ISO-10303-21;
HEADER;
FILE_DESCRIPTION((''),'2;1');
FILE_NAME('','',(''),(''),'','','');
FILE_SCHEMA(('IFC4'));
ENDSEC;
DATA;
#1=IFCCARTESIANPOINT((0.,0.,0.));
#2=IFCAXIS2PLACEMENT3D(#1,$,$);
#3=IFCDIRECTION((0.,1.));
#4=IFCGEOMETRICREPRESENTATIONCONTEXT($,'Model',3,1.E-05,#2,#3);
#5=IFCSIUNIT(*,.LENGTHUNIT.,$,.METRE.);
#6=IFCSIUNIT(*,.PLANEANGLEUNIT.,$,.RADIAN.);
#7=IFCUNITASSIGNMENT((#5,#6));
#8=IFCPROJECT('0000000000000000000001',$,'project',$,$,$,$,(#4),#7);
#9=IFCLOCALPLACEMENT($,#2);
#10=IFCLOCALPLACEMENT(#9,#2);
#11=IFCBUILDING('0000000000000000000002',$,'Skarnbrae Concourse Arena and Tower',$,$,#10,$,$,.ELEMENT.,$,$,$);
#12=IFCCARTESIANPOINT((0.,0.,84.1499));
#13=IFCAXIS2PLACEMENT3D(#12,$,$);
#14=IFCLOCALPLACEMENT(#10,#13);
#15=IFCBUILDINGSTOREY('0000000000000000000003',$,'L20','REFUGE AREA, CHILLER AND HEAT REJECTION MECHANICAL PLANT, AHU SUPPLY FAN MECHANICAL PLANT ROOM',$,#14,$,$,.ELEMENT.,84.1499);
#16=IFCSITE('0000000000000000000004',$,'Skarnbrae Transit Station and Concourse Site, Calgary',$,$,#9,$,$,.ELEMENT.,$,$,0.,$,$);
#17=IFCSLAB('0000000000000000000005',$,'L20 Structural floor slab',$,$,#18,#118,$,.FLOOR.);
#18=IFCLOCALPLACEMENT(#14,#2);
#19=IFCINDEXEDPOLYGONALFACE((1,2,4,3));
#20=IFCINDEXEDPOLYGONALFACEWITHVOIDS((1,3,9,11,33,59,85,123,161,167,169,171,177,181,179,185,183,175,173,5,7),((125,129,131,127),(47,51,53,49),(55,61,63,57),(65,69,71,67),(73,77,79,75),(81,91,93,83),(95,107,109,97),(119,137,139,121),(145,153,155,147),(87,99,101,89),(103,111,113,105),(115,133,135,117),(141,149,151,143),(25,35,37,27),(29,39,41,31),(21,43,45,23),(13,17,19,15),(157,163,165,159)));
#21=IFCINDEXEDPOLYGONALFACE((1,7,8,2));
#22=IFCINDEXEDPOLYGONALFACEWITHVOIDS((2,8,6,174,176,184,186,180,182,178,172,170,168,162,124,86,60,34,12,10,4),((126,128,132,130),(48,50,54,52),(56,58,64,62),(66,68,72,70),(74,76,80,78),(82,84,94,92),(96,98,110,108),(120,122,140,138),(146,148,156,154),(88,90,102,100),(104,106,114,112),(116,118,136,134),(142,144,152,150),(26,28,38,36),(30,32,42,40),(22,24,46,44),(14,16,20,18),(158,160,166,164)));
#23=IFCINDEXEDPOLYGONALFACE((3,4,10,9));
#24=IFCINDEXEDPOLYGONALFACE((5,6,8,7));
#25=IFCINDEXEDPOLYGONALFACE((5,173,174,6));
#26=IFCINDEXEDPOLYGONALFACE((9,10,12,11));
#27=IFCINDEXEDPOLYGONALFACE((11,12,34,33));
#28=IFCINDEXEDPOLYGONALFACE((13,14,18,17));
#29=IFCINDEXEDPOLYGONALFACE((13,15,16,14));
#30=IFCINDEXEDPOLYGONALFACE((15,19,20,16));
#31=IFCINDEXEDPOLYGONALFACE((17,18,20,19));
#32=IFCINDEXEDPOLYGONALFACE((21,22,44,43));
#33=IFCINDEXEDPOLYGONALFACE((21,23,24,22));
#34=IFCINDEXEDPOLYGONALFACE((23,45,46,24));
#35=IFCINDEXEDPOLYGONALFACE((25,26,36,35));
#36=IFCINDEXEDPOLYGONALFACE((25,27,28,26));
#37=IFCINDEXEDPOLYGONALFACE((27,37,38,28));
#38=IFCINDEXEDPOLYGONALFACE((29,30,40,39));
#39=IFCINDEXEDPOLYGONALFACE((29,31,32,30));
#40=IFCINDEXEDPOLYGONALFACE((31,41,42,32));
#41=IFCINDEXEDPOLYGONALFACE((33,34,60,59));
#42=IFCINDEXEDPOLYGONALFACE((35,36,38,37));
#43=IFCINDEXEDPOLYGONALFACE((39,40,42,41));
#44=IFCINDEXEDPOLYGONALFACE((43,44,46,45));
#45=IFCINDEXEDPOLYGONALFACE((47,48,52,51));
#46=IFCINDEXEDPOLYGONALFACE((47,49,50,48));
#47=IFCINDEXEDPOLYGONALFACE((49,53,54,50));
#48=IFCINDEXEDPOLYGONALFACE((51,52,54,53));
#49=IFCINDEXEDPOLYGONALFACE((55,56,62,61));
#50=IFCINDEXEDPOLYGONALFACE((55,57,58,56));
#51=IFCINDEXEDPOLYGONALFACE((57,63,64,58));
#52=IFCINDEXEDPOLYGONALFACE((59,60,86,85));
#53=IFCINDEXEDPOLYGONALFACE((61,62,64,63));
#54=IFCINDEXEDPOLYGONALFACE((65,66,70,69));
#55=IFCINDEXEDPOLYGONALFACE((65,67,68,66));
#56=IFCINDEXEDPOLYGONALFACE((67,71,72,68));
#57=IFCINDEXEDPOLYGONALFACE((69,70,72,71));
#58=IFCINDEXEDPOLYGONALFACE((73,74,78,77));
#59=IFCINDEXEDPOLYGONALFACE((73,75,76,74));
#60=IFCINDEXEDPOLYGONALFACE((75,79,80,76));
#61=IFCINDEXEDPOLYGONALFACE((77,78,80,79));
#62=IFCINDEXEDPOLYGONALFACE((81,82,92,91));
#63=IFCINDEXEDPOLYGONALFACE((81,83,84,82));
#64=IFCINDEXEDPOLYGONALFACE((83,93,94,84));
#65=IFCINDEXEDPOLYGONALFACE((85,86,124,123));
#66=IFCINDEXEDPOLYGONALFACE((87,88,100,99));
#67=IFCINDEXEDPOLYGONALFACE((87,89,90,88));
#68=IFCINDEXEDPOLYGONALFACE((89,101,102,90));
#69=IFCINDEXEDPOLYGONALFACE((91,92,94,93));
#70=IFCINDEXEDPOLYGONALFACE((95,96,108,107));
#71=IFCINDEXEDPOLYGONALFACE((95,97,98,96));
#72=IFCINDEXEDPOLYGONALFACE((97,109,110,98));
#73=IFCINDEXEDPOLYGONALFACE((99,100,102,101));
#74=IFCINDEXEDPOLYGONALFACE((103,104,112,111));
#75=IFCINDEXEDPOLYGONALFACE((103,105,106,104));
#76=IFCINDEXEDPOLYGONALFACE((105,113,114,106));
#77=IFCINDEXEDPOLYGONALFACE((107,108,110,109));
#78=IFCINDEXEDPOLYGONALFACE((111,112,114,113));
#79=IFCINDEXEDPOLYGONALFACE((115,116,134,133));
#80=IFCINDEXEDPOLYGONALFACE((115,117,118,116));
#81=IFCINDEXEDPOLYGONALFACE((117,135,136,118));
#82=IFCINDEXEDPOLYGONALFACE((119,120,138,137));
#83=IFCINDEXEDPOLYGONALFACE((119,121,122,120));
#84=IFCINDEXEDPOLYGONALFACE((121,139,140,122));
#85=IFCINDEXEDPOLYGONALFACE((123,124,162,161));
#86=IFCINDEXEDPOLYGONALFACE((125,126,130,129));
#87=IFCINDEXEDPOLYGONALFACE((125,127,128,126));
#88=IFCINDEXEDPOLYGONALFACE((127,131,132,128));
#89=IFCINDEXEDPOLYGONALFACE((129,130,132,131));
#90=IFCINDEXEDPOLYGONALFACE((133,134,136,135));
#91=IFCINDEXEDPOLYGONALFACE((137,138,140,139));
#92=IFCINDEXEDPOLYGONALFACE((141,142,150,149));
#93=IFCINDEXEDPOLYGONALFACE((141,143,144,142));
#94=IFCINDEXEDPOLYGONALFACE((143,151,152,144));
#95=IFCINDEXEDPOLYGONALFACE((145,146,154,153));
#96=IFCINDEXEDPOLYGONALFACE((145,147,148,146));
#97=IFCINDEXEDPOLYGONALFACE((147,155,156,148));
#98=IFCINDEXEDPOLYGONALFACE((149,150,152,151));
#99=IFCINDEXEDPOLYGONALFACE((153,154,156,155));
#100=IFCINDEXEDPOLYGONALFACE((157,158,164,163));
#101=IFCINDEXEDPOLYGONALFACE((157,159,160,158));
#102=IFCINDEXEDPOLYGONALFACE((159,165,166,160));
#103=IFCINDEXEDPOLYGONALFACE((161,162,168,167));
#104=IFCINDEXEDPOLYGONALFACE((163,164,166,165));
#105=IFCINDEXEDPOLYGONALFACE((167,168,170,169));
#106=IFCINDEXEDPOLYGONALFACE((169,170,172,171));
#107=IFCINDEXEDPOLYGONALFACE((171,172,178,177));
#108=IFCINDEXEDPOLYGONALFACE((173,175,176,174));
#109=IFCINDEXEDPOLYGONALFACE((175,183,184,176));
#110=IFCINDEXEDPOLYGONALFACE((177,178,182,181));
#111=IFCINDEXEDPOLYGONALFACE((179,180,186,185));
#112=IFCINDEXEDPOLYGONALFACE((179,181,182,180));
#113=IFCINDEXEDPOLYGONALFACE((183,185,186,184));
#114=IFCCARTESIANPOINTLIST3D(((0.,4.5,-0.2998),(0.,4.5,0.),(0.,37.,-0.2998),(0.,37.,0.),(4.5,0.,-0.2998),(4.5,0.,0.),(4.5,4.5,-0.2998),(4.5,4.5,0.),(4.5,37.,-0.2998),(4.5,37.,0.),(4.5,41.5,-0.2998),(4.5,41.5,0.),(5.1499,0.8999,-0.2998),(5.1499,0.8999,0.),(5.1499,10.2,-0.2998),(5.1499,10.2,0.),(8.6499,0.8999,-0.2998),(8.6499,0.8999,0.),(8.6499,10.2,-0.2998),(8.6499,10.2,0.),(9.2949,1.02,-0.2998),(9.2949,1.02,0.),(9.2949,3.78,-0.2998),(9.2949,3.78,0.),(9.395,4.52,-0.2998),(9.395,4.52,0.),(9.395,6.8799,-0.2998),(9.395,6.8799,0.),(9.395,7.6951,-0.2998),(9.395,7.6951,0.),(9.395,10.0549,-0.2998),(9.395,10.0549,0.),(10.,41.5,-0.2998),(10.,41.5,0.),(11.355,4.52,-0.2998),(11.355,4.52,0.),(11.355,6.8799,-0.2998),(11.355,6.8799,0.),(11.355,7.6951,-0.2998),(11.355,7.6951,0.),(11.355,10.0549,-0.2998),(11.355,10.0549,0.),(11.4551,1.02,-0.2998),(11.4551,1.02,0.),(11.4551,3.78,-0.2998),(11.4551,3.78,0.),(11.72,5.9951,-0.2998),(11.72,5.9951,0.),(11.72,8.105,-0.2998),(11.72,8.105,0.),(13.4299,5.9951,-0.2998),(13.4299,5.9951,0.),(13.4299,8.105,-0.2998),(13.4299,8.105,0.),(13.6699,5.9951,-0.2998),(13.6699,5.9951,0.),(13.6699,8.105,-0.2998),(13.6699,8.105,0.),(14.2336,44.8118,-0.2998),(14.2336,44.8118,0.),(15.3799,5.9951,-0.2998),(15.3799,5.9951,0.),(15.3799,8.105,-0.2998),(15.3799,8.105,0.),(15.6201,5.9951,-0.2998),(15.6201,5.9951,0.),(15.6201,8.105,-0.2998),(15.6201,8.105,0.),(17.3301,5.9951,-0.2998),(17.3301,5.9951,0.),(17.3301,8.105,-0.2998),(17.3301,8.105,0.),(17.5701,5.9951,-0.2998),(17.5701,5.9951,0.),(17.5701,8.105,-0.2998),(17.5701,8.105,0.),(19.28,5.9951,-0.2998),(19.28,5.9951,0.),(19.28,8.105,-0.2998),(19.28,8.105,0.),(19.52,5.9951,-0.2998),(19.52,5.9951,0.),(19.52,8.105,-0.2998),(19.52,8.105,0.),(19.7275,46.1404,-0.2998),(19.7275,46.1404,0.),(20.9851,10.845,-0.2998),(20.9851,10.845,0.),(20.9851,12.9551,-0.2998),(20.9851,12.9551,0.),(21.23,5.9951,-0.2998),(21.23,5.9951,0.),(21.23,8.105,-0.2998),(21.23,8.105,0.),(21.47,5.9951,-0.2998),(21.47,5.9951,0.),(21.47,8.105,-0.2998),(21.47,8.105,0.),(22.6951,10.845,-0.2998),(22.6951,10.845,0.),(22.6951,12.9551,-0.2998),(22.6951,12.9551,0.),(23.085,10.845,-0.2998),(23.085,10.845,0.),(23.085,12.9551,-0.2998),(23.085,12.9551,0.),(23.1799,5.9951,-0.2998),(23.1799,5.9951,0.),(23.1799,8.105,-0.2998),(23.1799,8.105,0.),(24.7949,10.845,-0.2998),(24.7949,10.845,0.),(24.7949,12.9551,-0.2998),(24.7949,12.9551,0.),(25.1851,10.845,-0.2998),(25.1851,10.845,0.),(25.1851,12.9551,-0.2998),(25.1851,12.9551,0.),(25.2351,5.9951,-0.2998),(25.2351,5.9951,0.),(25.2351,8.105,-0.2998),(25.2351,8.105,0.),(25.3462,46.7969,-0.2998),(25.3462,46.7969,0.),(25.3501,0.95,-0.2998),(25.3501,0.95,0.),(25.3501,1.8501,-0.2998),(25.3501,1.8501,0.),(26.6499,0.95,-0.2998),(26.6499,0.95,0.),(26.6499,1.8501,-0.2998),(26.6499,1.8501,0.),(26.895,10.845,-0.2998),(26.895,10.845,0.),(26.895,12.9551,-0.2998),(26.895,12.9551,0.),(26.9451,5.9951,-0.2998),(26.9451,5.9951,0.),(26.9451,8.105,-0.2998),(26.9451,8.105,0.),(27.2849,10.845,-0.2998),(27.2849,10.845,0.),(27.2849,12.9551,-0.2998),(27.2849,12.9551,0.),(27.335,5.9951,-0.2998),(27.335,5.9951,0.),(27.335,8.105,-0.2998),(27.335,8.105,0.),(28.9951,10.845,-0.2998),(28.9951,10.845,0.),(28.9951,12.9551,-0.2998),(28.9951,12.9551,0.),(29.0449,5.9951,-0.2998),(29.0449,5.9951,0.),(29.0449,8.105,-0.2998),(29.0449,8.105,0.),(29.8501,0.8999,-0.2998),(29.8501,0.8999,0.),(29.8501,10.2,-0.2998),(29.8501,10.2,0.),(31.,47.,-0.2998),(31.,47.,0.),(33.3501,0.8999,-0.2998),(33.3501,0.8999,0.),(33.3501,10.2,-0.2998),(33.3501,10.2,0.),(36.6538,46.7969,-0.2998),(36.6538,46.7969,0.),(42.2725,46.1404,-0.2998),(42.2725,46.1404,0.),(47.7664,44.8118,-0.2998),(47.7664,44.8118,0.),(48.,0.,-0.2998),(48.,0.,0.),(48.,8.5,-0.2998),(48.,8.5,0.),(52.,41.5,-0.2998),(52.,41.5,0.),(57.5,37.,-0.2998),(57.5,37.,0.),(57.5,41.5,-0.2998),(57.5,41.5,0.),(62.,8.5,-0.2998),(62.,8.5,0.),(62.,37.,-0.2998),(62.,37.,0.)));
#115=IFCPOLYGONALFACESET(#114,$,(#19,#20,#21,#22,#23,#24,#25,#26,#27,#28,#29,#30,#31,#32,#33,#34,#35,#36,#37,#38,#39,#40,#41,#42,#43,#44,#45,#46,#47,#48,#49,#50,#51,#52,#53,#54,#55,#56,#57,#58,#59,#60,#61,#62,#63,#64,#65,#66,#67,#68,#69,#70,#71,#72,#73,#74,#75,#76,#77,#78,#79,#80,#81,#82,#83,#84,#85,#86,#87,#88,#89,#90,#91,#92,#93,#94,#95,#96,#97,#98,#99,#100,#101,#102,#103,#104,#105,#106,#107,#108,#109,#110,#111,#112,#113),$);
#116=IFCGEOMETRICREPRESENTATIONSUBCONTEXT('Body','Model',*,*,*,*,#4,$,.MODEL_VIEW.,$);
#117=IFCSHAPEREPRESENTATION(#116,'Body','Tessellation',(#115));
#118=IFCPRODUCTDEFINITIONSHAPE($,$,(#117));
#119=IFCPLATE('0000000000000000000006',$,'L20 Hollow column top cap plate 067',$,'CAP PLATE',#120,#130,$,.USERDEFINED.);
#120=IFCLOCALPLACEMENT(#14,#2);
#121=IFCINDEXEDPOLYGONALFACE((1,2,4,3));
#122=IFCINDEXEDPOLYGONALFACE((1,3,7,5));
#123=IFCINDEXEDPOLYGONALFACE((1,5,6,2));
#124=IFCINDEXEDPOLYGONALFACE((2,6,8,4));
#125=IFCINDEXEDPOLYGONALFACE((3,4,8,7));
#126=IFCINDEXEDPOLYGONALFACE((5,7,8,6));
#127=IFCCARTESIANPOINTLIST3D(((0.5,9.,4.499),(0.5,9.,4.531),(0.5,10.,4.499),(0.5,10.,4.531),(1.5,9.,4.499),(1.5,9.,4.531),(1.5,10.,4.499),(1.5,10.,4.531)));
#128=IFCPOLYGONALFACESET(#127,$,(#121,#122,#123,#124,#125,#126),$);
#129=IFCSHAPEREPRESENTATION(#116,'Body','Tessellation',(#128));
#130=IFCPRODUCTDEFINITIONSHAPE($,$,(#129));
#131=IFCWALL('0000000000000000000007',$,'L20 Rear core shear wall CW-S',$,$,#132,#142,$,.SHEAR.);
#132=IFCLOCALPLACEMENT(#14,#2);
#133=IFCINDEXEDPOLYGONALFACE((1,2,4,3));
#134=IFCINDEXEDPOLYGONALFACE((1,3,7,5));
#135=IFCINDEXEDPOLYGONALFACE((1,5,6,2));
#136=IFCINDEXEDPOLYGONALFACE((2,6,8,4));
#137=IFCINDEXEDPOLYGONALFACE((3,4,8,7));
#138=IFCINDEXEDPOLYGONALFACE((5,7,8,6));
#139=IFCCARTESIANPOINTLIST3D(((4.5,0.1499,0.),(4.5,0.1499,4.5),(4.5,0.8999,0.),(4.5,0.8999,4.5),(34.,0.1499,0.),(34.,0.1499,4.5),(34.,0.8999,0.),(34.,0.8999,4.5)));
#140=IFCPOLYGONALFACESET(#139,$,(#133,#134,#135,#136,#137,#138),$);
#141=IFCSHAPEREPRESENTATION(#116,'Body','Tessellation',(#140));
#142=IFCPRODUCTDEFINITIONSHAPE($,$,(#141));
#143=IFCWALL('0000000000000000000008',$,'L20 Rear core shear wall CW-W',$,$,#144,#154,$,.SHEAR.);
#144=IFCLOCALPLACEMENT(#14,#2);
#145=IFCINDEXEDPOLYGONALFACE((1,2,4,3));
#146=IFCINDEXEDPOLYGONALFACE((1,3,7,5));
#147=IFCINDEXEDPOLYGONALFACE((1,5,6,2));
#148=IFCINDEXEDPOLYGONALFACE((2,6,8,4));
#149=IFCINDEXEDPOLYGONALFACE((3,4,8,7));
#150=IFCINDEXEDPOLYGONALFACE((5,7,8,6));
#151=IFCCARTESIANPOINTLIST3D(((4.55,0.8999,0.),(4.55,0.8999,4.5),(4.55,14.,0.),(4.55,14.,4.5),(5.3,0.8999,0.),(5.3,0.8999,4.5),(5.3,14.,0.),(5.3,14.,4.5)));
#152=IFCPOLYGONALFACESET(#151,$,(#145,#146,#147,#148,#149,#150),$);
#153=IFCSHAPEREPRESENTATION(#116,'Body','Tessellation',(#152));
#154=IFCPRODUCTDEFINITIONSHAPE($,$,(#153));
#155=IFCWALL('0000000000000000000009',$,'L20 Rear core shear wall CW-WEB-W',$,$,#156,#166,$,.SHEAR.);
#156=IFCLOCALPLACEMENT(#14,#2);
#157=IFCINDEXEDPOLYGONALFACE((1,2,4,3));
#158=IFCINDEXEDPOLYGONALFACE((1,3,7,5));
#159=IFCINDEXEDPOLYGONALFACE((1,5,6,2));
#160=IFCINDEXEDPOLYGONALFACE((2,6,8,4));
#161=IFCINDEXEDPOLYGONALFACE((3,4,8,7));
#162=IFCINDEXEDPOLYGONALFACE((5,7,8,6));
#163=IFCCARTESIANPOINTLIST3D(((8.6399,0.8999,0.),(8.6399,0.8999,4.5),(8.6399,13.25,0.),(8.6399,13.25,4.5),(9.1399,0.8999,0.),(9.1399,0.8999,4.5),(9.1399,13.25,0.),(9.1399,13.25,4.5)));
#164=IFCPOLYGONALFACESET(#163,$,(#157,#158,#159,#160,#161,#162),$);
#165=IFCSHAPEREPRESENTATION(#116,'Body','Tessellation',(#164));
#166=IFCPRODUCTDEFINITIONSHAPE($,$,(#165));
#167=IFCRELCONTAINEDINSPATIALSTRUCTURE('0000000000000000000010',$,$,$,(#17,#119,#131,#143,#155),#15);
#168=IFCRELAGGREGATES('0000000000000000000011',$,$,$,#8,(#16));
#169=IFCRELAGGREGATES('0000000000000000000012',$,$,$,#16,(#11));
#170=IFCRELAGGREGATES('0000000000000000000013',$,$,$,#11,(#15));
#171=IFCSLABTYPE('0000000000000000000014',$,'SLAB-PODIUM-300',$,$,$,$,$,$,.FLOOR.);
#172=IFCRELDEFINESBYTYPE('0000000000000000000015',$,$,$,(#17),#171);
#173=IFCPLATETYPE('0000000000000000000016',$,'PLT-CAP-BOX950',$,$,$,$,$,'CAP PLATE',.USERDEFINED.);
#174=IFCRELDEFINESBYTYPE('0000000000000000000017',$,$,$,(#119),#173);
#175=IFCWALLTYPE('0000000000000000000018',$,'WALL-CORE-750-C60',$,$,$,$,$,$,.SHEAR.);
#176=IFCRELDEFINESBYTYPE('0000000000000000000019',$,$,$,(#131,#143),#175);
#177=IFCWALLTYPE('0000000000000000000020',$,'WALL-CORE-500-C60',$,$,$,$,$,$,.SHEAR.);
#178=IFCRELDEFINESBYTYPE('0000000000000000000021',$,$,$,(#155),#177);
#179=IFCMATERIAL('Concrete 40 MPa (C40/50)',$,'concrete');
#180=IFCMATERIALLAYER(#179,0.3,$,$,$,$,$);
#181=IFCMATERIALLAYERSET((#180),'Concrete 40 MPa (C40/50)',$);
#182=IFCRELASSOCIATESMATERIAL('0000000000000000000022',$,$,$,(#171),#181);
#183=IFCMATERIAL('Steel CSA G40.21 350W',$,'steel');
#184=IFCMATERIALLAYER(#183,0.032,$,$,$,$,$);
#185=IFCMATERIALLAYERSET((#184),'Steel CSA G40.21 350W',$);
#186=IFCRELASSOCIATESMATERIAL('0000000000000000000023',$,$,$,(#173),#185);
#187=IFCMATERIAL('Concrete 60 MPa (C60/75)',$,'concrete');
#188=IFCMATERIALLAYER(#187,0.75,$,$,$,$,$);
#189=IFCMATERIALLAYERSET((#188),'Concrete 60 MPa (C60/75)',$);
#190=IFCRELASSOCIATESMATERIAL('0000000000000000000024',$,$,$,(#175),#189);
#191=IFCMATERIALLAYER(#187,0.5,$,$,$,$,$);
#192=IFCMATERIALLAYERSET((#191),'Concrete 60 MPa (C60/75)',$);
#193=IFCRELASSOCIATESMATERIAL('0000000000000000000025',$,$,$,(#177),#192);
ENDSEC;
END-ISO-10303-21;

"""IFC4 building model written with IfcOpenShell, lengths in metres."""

from ifc_helpers import new_model, si_unit, direction, frame, frame_2d, origin, origin_2d, place, context, subcontext, project, spatial, polyline, rectangle, outline, extrude, source, transform, mapped, material, layer, layer_set, type_object, element, save


model = new_model("IFC4")

# Units and contexts
model_context = context("Model", 3, precision=1e-05, world=origin(), true_north=direction((0.0, 1.0)))
body_context = subcontext(model_context, "Body", "Model", "MODEL_VIEW")
ifc_project = project(units=[si_unit("LENGTHUNIT", "METRE"), si_unit("PLANEANGLEUNIT", "RADIAN")], contexts=[model_context])

# Site, building, storey
site_placement = place(None, origin())
site = spatial("IfcSite", under=ifc_project, at=site_placement, Name="Skarnbrae Transit Station and Concourse Site, Calgary", CompositionType="ELEMENT", RefElevation=0.0)
building_placement = place(site_placement, origin())
building = spatial("IfcBuilding", under=site, at=building_placement, Name="Skarnbrae Concourse Arena and Tower", CompositionType="ELEMENT")
storey_placement = place(building_placement, frame((0.0, 0.0, 84.1499)))
storey = spatial("IfcBuildingStorey", under=building, at=storey_placement, Name="L20", Description="REFUGE AREA, CHILLER AND HEAT REJECTION MECHANICAL PLANT, AHU SUPPLY FAN MECHANICAL PLANT ROOM", CompositionType="ELEMENT", Elevation=84.1499)

# Shared definitions
ifc_material_1 = material(Name="Steel CSA G40.21 350W", Category="steel")

# Shared definitions
ifc_material_2 = material(Name="Concrete 40 MPa (C40/50)", Category="concrete")

# Slab
ifc_layer_1 = layer(ifc_material_2, 0.3)
ifc_layer_set_1 = layer_set([ifc_layer_1], Name="Concrete 40 MPa (C40/50)")
slab_type_1 = type_object("IfcSlabType", Name="SLAB-PODIUM-300", PredefinedType="FLOOR", material=ifc_layer_set_1)
slab_1_placement = place(storey_placement, frame((0.0, 0.0, -0.2998)))
element("IfcSlab", 1, at=slab_1_placement, inside=storey, type_object=slab_type_1, Name="L20 Structural floor slab", PredefinedType="FLOOR", context=body_context, shape_type="SweptSolid", body=[
    extrude(outline(polyline([(4.5, 0.0), (48.0, 0.0), (48.0, 8.5), (62.0, 8.5), (62.0, 37.0), (57.5, 37.0), (57.5, 41.5), (52.0, 41.5), (47.7664, 44.8118), (42.2725, 46.1404), (36.6538, 46.7969), (31.0, 47.0), (25.3462, 46.7969), (19.7275, 46.1404), (14.2336, 44.8118), (10.0, 41.5), (4.5, 41.5), (4.5, 37.0), (0.0, 37.0), (0.0, 4.5), (4.5, 4.5), (4.5, 0.0)]), holes=[polyline([(9.2949, 3.78), (11.4551, 3.78), (11.4551, 1.02), (9.2949, 1.02), (9.2949, 3.78)]), polyline([(8.6499, 10.2), (8.6499, 0.8999), (5.1499, 0.8999), (5.1499, 10.2), (8.6499, 10.2)]), polyline([(9.395, 6.8799), (11.355, 6.8799), (11.355, 4.52), (9.395, 4.52), (9.395, 6.8799)]), polyline([(11.72, 8.105), (13.4299, 8.105), (13.4299, 5.9951), (11.72, 5.9951), (11.72, 8.105)]), polyline([(13.6699, 8.105), (15.3799, 8.105), (15.3799, 5.9951), (13.6699, 5.9951), (13.6699, 8.105)]), polyline([(15.6201, 8.105), (17.3301, 8.105), (17.3301, 5.9951), (15.6201, 5.9951), (15.6201, 8.105)]), polyline([(17.5701, 8.105), (19.28, 8.105), (19.28, 5.9951), (17.5701, 5.9951), (17.5701, 8.105)]), polyline([(21.23, 8.105), (21.23, 5.9951), (19.52, 5.9951), (19.52, 8.105), (21.23, 8.105)]), polyline([(11.355, 10.0549), (11.355, 7.6951), (9.395, 7.6951), (9.395, 10.0549), (11.355, 10.0549)]), polyline([(25.3501, 1.8501), (26.6499, 1.8501), (26.6499, 0.95), (25.3501, 0.95), (25.3501, 1.8501)]), polyline([(33.3501, 10.2), (33.3501, 0.8999), (29.8501, 0.8999), (29.8501, 10.2), (33.3501, 10.2)]), polyline([(21.47, 8.105), (23.1799, 8.105), (23.1799, 5.9951), (21.47, 5.9951), (21.47, 8.105)]), polyline([(25.2351, 8.105), (26.9451, 8.105), (26.9451, 5.9951), (25.2351, 5.9951), (25.2351, 8.105)]), polyline([(27.335, 8.105), (29.0449, 8.105), (29.0449, 5.9951), (27.335, 5.9951), (27.335, 8.105)]), polyline([(20.9851, 12.9551), (22.6951, 12.9551), (22.6951, 10.845), (20.9851, 10.845), (20.9851, 12.9551)]), polyline([(23.085, 12.9551), (24.7949, 12.9551), (24.7949, 10.845), (23.085, 10.845), (23.085, 12.9551)]), polyline([(26.895, 12.9551), (26.895, 10.845), (25.1851, 10.845), (25.1851, 12.9551), (26.895, 12.9551)]), polyline([(28.9951, 12.9551), (28.9951, 10.845), (27.2849, 10.845), (27.2849, 12.9551), (28.9951, 12.9551)])]), origin(), (0.0, 0.0, 1.0), 0.2998),
])

# Plate
ifc_layer_2 = layer(ifc_material_1, 0.032)
ifc_layer_set_2 = layer_set([ifc_layer_2], Name="Steel CSA G40.21 350W")
plate_type = type_object("IfcPlateType", Name="PLT-CAP-BOX950", ElementType="CAP PLATE", PredefinedType="USERDEFINED", material=ifc_layer_set_2)
shared_shape_1 = source(origin(), body_context, "Body", "SweptSolid", [
    extrude(rectangle(XDim=1.0, YDim=1.0, at=origin_2d()), origin(), (0.0, 0.0, 1.0), 0.032),
])
plate_placement = place(storey_placement, frame((1.0, 9.5, 4.499), z_axis=(0.0, 0.0, 1.0), x_axis=(1.0, 0.0, 0.0)))
element("IfcPlate", 2, at=plate_placement, inside=storey, type_object=plate_type, Name="L20 Hollow column top cap plate 067", ObjectType="CAP PLATE", PredefinedType="USERDEFINED", context=body_context, shape_type="MappedRepresentation", body=[
    mapped(shared_shape_1, transform((0.0, 0.0, 0.0))),
])

# Walls
ifc_material_3 = material(Name="Concrete 60 MPa (C60/75)", Category="concrete")
ifc_layer_3 = layer(ifc_material_3, 0.75)
ifc_layer_set_3 = layer_set([ifc_layer_3], Name="Concrete 60 MPa (C60/75)")
wall_type_1 = type_object("IfcWallType", Name="WALL-CORE-750-C60", PredefinedType="SHEAR", material=ifc_layer_set_3)
shared_shape_2 = source(origin(), body_context, "Body", "SweptSolid", [
    extrude(rectangle(XDim=29.5, YDim=0.75, at=frame_2d((14.75, 0.0))), origin(), (0.0, 0.0, 1.0), 4.5),
])
wall_1_placement = place(storey_placement, frame((4.5, 0.5249, 0.0), z_axis=(0.0, 0.0, 1.0), x_axis=(1.0, 0.0, 0.0)))
element("IfcWall", 3, at=wall_1_placement, inside=storey, type_object=wall_type_1, Name="L20 Rear core shear wall CW-S", PredefinedType="SHEAR", context=body_context, shape_type="MappedRepresentation", body=[
    mapped(shared_shape_2, transform((0.0, 0.0, 0.0))),
])
shared_shape_3 = source(origin(), body_context, "Body", "SweptSolid", [
    extrude(rectangle(XDim=13.1001, YDim=0.75, at=frame_2d((6.55, 0.0))), origin(), (0.0, 0.0, 1.0), 4.5),
])
wall_2_placement = place(storey_placement, frame((4.925, 0.8999, 0.0), z_axis=(0.0, 0.0, 1.0), x_axis=(0.0, 1.0, 0.0)))
element("IfcWall", 4, at=wall_2_placement, inside=storey, type_object=wall_type_1, Name="L20 Rear core shear wall CW-W", PredefinedType="SHEAR", context=body_context, shape_type="MappedRepresentation", body=[
    mapped(shared_shape_3, transform((0.0, 0.0, 0.0))),
])
ifc_layer_4 = layer(ifc_material_3, 0.5)
ifc_layer_set_4 = layer_set([ifc_layer_4], Name="Concrete 60 MPa (C60/75)")
wall_type_2 = type_object("IfcWallType", Name="WALL-CORE-500-C60", PredefinedType="SHEAR", material=ifc_layer_set_4)
shared_shape_4 = source(origin(), body_context, "Body", "SweptSolid", [
    extrude(rectangle(XDim=12.3501, YDim=0.5, at=frame_2d((6.175, 0.0))), origin(), (0.0, 0.0, 1.0), 4.5),
])
wall_3_placement = place(storey_placement, frame((8.8899, 0.8999, 0.0), z_axis=(0.0, 0.0, 1.0), x_axis=(0.0, 1.0, 0.0)))
element("IfcWall", 5, at=wall_3_placement, inside=storey, type_object=wall_type_2, Name="L20 Rear core shear wall CW-WEB-W", PredefinedType="SHEAR", context=body_context, shape_type="MappedRepresentation", body=[
    mapped(shared_shape_4, transform((0.0, 0.0, 0.0))),
])

save(model, "model.ifc")
